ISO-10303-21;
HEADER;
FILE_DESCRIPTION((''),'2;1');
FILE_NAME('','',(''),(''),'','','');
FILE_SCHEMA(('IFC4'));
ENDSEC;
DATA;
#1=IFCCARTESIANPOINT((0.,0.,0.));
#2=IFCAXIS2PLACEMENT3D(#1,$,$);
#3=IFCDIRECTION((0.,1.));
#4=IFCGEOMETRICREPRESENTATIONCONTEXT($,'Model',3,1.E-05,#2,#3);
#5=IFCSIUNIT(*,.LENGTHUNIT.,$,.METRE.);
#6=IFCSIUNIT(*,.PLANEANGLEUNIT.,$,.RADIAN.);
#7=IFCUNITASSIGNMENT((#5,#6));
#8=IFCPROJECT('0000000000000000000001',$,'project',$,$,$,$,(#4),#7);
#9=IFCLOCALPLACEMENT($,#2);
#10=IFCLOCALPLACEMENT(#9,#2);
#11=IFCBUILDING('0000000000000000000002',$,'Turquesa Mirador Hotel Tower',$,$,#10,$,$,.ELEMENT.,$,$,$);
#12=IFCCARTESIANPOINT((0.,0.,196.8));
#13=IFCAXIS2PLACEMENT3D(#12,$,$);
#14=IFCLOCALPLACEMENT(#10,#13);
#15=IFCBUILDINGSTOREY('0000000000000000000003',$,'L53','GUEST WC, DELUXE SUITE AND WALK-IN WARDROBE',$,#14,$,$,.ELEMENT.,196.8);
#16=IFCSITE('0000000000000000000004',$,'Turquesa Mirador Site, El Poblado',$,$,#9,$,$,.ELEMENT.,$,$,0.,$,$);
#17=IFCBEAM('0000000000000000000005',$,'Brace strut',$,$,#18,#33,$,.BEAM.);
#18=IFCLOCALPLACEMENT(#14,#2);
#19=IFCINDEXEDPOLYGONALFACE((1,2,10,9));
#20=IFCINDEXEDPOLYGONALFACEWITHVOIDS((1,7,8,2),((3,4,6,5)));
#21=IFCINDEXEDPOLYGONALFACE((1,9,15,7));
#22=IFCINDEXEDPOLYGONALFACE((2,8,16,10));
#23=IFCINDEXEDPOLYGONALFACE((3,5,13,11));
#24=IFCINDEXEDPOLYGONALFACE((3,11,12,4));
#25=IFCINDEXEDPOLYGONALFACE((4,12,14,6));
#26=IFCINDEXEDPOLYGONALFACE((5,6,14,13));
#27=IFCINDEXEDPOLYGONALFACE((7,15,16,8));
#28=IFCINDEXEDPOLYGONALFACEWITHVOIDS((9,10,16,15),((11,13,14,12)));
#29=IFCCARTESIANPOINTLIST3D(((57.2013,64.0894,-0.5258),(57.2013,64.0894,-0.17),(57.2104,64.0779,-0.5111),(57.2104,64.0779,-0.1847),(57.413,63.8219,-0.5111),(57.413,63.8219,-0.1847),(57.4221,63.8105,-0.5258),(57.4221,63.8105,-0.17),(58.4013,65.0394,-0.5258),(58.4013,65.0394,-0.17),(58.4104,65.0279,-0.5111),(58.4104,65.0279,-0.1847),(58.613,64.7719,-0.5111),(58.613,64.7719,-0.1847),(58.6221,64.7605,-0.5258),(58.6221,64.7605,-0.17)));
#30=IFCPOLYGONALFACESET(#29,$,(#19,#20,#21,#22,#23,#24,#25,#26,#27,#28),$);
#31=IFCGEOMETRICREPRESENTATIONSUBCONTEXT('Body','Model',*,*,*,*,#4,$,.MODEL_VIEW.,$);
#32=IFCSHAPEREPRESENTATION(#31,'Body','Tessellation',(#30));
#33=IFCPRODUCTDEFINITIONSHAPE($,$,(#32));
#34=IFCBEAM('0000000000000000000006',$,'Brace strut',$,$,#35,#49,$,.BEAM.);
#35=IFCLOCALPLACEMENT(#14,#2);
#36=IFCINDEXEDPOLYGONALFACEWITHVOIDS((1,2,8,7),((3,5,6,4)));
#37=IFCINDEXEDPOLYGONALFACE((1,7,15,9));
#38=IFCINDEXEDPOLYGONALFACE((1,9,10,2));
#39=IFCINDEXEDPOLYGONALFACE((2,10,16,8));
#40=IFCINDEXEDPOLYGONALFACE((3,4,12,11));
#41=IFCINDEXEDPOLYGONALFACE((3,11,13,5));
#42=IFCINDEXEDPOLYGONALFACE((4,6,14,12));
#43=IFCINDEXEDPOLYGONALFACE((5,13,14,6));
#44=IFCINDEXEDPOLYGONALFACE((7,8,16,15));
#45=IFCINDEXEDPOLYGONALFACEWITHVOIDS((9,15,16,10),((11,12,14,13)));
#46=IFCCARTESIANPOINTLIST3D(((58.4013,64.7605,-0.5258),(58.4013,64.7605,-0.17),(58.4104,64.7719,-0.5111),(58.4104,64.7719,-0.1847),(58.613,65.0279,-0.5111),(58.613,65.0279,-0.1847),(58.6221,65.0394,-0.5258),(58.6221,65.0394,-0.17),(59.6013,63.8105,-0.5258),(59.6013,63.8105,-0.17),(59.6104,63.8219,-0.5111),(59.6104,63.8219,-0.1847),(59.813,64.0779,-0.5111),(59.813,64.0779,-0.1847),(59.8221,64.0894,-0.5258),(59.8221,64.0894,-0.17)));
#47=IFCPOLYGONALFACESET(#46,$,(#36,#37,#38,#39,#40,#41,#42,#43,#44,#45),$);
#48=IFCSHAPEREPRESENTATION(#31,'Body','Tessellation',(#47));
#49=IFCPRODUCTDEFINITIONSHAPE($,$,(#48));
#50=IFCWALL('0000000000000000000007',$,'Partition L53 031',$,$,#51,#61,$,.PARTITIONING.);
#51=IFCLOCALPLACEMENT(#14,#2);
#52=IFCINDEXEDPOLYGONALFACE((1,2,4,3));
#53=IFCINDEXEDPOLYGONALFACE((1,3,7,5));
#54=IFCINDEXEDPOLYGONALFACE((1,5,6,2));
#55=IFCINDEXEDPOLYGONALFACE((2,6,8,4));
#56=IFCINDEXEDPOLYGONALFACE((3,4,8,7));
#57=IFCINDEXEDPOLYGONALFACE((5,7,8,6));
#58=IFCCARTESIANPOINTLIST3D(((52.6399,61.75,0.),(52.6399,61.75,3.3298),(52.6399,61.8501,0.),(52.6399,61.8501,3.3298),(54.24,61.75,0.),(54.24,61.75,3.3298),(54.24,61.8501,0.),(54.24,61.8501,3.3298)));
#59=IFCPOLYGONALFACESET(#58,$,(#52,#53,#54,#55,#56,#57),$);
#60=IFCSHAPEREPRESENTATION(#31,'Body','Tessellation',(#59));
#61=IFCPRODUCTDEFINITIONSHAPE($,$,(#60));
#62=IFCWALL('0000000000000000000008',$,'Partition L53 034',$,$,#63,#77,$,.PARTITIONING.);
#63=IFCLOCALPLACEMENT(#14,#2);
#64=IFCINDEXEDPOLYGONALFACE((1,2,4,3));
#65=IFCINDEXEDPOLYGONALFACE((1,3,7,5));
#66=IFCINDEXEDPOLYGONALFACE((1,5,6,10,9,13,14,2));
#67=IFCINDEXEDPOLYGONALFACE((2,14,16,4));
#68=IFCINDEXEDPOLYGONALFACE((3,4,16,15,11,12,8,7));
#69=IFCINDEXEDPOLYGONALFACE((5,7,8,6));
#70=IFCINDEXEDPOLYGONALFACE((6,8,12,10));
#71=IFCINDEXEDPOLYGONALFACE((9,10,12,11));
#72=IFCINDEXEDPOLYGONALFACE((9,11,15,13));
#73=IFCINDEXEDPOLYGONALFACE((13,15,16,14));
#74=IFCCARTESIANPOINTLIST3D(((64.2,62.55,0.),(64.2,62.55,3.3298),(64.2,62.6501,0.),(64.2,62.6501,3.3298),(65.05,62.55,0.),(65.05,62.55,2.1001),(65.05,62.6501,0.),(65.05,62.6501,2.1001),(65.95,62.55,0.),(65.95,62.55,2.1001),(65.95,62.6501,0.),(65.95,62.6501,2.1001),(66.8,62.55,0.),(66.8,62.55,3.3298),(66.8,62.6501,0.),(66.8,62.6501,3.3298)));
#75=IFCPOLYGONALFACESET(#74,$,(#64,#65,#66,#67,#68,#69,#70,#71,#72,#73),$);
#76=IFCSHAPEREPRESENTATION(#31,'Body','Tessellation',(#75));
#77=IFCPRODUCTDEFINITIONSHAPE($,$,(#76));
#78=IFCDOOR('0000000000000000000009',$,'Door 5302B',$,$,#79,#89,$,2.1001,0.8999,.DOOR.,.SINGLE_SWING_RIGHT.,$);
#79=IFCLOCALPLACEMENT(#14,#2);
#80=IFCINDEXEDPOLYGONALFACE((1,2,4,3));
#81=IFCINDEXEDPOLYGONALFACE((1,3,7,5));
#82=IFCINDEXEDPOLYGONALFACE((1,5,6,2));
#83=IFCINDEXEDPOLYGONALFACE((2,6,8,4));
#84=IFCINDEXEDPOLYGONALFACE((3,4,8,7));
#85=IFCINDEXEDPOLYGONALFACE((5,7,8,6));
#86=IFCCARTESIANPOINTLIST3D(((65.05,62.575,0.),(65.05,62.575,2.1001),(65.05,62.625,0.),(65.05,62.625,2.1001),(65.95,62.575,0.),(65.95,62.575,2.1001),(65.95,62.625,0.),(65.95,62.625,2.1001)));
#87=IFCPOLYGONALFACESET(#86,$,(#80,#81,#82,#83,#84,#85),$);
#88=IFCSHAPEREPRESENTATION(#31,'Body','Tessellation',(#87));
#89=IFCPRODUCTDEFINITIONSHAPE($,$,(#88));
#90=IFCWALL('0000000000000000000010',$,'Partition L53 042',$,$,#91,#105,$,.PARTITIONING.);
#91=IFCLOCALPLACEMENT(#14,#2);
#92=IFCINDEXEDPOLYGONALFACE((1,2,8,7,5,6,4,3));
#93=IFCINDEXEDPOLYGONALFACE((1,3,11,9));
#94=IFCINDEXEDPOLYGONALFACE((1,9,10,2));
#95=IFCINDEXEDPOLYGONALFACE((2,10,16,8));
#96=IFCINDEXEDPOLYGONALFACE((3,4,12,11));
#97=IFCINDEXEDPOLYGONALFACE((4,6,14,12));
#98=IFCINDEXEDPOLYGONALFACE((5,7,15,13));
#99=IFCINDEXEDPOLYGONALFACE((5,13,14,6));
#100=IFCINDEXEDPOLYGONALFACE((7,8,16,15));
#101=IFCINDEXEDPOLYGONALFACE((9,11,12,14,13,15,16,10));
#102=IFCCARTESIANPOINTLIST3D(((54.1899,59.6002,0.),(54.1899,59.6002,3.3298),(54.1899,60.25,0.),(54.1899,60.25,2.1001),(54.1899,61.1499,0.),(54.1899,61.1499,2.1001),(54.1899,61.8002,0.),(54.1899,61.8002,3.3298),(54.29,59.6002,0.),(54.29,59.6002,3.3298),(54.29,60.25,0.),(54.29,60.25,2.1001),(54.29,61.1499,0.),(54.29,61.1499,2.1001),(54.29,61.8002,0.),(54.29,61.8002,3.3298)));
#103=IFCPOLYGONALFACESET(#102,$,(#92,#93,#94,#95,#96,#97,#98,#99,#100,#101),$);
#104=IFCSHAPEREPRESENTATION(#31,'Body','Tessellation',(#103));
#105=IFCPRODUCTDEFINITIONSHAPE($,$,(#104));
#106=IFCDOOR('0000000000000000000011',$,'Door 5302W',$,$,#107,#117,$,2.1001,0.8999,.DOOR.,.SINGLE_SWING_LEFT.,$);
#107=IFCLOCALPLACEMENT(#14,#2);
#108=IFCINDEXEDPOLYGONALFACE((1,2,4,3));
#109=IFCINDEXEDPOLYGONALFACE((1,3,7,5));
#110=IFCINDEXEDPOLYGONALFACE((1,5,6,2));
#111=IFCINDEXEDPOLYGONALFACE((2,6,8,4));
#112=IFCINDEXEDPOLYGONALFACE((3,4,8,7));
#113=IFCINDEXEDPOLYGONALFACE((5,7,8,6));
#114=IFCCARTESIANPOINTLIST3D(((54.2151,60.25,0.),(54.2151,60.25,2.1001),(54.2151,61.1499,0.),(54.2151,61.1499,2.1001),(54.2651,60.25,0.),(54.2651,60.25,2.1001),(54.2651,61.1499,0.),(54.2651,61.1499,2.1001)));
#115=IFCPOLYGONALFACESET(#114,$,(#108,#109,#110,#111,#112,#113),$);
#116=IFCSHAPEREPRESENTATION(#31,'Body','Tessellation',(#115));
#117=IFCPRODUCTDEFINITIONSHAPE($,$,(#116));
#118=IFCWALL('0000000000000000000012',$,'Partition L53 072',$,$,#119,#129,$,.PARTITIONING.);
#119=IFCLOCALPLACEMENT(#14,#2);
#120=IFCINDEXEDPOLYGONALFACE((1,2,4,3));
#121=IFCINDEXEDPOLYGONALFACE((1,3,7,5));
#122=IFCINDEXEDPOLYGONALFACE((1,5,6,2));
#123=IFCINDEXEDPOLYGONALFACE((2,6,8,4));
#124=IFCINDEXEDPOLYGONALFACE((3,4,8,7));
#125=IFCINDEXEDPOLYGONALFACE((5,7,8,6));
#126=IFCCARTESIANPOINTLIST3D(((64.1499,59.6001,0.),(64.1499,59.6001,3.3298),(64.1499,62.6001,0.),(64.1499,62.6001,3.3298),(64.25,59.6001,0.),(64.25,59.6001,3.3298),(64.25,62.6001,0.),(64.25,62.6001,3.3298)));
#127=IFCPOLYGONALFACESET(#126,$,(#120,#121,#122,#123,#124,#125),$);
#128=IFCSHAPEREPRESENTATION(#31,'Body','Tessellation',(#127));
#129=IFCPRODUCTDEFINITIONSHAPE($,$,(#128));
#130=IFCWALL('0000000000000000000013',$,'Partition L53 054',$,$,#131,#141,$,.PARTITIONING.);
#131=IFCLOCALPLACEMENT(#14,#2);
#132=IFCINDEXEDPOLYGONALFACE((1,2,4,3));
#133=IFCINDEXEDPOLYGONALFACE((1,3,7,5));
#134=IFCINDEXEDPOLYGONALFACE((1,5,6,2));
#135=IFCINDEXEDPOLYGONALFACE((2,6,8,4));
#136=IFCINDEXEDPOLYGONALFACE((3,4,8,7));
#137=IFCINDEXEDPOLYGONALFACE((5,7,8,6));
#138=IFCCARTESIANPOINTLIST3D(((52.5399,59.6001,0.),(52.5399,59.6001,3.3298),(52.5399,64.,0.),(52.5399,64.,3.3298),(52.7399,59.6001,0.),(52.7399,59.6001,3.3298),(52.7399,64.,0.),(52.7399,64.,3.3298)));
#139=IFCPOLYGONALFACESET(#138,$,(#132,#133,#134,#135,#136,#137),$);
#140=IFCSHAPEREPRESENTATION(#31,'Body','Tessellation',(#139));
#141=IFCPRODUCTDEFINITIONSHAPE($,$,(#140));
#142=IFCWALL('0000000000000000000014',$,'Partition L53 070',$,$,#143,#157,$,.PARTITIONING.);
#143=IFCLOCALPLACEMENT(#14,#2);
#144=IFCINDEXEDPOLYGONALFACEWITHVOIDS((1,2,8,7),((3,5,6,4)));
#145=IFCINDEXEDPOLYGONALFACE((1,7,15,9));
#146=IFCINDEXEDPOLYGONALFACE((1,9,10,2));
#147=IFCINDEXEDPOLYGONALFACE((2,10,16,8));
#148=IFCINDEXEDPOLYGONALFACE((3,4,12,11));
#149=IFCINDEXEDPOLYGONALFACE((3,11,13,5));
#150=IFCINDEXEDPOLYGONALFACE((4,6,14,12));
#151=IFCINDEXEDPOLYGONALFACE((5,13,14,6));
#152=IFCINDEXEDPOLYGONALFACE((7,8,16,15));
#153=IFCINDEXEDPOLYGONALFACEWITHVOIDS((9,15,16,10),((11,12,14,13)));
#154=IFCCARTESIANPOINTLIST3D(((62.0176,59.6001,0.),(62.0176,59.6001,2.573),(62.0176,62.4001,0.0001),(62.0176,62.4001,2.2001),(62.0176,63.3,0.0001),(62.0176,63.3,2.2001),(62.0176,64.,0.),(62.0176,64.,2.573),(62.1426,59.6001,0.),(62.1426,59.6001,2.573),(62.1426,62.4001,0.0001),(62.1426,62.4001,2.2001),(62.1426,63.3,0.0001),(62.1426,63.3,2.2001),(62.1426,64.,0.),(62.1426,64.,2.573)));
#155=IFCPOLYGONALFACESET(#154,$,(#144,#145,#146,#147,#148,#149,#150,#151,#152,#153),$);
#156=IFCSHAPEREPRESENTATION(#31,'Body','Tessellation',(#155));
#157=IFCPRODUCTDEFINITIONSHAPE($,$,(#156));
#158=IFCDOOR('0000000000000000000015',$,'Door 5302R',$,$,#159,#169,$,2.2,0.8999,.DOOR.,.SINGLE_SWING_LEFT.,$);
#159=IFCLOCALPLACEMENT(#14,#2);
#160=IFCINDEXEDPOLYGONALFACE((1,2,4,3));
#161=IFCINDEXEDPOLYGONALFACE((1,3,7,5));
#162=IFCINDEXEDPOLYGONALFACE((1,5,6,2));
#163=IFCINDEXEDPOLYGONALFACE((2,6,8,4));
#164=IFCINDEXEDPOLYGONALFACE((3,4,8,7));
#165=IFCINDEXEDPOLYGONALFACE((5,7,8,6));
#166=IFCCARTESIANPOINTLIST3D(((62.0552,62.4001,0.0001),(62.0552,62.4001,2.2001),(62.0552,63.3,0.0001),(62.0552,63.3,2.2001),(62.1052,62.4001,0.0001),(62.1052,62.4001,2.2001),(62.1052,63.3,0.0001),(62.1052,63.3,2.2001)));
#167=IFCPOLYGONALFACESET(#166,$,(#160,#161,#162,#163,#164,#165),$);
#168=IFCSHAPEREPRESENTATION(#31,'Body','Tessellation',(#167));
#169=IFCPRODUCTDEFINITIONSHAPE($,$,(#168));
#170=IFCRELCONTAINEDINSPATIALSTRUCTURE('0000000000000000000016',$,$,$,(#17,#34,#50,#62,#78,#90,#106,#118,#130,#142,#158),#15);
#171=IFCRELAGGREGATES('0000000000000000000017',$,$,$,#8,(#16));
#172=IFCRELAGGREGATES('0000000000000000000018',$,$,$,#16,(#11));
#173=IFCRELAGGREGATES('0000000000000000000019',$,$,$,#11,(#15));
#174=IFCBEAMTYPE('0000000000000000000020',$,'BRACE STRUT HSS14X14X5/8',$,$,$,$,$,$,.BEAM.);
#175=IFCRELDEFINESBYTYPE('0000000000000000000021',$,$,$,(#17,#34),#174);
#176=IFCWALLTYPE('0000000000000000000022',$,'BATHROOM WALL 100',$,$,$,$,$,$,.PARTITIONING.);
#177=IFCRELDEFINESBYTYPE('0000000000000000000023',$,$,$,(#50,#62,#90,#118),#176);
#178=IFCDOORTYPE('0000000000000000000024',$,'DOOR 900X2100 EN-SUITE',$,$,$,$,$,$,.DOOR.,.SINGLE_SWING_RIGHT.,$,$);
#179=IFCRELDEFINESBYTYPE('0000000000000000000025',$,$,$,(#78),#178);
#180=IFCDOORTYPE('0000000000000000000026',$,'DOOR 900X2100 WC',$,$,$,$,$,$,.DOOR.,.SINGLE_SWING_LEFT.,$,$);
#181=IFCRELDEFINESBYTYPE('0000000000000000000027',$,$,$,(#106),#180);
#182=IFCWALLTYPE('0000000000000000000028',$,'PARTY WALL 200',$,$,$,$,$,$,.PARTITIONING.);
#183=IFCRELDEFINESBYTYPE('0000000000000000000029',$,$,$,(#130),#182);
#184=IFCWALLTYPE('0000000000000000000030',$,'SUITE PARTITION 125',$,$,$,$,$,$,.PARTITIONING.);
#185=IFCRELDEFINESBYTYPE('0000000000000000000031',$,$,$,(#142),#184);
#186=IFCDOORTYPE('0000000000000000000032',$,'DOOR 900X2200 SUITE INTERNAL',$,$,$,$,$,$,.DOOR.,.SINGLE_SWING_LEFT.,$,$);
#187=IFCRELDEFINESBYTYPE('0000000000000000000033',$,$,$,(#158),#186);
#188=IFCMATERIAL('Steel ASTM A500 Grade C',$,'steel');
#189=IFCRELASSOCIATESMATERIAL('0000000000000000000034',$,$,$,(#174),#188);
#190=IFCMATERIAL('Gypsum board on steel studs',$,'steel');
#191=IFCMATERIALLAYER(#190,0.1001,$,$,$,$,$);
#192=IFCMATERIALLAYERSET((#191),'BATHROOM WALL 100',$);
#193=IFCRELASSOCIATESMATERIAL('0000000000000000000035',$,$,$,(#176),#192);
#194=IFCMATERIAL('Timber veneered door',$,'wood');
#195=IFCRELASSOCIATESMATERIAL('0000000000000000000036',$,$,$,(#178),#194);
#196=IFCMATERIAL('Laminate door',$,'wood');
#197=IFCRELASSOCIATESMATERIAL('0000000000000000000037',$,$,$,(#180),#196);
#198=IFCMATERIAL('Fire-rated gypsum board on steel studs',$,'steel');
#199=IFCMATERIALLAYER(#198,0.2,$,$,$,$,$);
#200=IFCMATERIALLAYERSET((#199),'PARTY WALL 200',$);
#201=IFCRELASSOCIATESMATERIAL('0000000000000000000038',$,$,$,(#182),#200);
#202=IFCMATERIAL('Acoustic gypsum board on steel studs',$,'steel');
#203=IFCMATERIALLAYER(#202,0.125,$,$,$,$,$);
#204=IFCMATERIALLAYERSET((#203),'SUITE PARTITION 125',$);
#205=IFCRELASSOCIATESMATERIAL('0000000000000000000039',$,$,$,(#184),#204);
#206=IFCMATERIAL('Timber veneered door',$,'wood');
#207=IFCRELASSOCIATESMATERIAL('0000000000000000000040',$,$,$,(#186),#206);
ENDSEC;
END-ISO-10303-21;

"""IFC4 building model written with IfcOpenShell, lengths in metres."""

from ifc_helpers import new_model, si_unit, direction, frame, frame_2d, origin, origin_2d, place, context, subcontext, project, spatial, rectangle, hollow_rectangle, extrude, material, layer, layer_set, material_profile, profile_set, type_object, element, fill, save


model = new_model("IFC4")

# Units and contexts
model_context = context("Model", 3, precision=1e-05, world=origin(), true_north=direction((0.0, 1.0)))
body_context = subcontext(model_context, "Body", "Model", "MODEL_VIEW")
ifc_project = project(units=[si_unit("LENGTHUNIT", "METRE"), si_unit("PLANEANGLEUNIT", "RADIAN")], contexts=[model_context])

# Site, building, storey
site_placement = place(None, origin())
site = spatial("IfcSite", under=ifc_project, at=site_placement, Name="Turquesa Mirador Site, El Poblado", CompositionType="ELEMENT", RefElevation=0.0)
building_placement = place(site_placement, origin())
building = spatial("IfcBuilding", under=site, at=building_placement, Name="Turquesa Mirador Hotel Tower", CompositionType="ELEMENT")
storey_placement = place(building_placement, frame((0.0, 0.0, 196.8)))
storey = spatial("IfcBuildingStorey", under=building, at=storey_placement, Name="L53", Description="GUEST WC, DELUXE SUITE AND WALK-IN WARDROBE", CompositionType="ELEMENT", Elevation=196.8)

# Beams
ifc_material_1 = material(Name="Steel ASTM A500 Grade C", Category="steel")
ifc_material_profile_1 = material_profile(ifc_material_1, hollow_rectangle(XDim=0.3557, YDim=0.3557, WallThickness=0.0146, at=origin_2d()), Name="HSS14X14X5/8")
ifc_profile_set_1 = profile_set([ifc_material_profile_1], Name="Steel ASTM A500 Grade C")
beam_type_1 = type_object("IfcBeamType", Name="BRACE STRUT HSS14X14X5/8", PredefinedType="BEAM", material=ifc_profile_set_1)
for number, where, z_axis, x_axis, name in (
    (1, (58.5117, 64.8999, -0.3479), (-0.784049, -0.620699, 0.0), (0.620699, -0.784049, 0.0), "Brace strut"),
    (2, (58.5117, 64.8999, -0.3479), (0.784049, -0.620699, 0.0), (0.620699, 0.784049, 0.0), "Brace strut"),
):
    element("IfcBeam", number, at=place(storey_placement, frame(where, z_axis=z_axis, x_axis=x_axis)), inside=storey, type_object=beam_type_1, Name=name, PredefinedType="BEAM", context=body_context, shape_type="SweptSolid", body=[
        extrude(hollow_rectangle(XDim=0.3557, YDim=0.3557, WallThickness=0.0146, at=origin_2d()), origin(), (0.0, 0.0, 1.0), 1.5305),
    ])

# Wall
ifc_material_2 = material(Name="Gypsum board on steel studs", Category="steel")
ifc_layer_1 = layer(ifc_material_2, 0.1001)
ifc_layer_set_1 = layer_set([ifc_layer_1], Name="BATHROOM WALL 100")
wall_type_1 = type_object("IfcWallType", Name="BATHROOM WALL 100", PredefinedType="PARTITIONING", material=ifc_layer_set_1)
wall_1_placement = place(storey_placement, frame((52.6399, 61.8, 0.0), z_axis=(0.0, 0.0, 1.0), x_axis=(1.0, 0.0, 0.0)))
element("IfcWall", 3, at=wall_1_placement, inside=storey, type_object=wall_type_1, Name="Partition L53 031", PredefinedType="PARTITIONING", context=body_context, shape_type="SweptSolid", body=[
    extrude(rectangle(XDim=1.6001, YDim=0.1001, at=frame_2d((0.8, 0.0))), origin(), (0.0, 0.0, 1.0), 3.3298),
])

# Walls, openings, doors
wall_2_placement = place(storey_placement, frame((64.2, 62.6001, 0.0), z_axis=(0.0, 0.0, 1.0), x_axis=(1.0, 0.0, 0.0)))
wall_2 = element("IfcWall", 4, at=wall_2_placement, inside=storey, type_object=wall_type_1, Name="Partition L53 034", PredefinedType="PARTITIONING", context=body_context, shape_type="SweptSolid", body=[
    extrude(rectangle(XDim=2.6001, YDim=0.1001, at=frame_2d((1.3, 0.0))), origin(), (0.0, 0.0, 1.0), 3.3298),
])
opening_1_placement = place(wall_2_placement, frame((0.8501, 0.0, 0.0)))
opening_1 = element("IfcOpeningElement", 5, at=opening_1_placement, cuts=wall_2, PredefinedType="OPENING", context=body_context, shape_type="SweptSolid", body=[
    extrude(rectangle(XDim=0.8999, YDim=2.1001, at=frame_2d((0.45, 1.05))), frame((0.0, 0.0601, 0.0), z_axis=(0.0, -1.0, 0.0), x_axis=(1.0, 0.0, 0.0)), (0.0, 0.0, 1.0), 0.1201),
])
ifc_material_3 = material(Name="Timber veneered door", Category="wood")
door_type_1 = type_object("IfcDoorType", Name="DOOR 900X2100 EN-SUITE", OperationType="SINGLE_SWING_RIGHT", PredefinedType="DOOR", material=ifc_material_3)
door_1_placement = place(opening_1_placement, origin())
door_1 = element("IfcDoor", 6, at=door_1_placement, inside=storey, type_object=door_type_1, Name="Door 5302B", OperationType="SINGLE_SWING_RIGHT", OverallHeight=2.1001, OverallWidth=0.8999, PredefinedType="DOOR", context=body_context, shape_type="SweptSolid", body=[
    extrude(rectangle(XDim=0.8999, YDim=2.1001, at=frame_2d((0.45, 1.05))), frame((0.0, 0.0249, 0.0), z_axis=(0.0, -1.0, 0.0), x_axis=(1.0, 0.0, 0.0)), (0.0, 0.0, 1.0), 0.05),
])
fill(opening_1, door_1)
wall_3_placement = place(storey_placement, frame((54.24, 59.6001, 0.0), z_axis=(0.0, 0.0, 1.0), x_axis=(0.0, 1.0, 0.0)))
wall_3 = element("IfcWall", 7, at=wall_3_placement, inside=storey, type_object=wall_type_1, Name="Partition L53 042", PredefinedType="PARTITIONING", context=body_context, shape_type="SweptSolid", body=[
    extrude(rectangle(XDim=2.2, YDim=0.1001, at=frame_2d((1.1001, 0.0))), origin(), (0.0, 0.0, 1.0), 3.3298),
])
opening_2_placement = place(wall_3_placement, frame((0.6499, 0.0, 0.0)))
opening_2 = element("IfcOpeningElement", 8, at=opening_2_placement, cuts=wall_3, PredefinedType="OPENING", context=body_context, shape_type="SweptSolid", body=[
    extrude(rectangle(XDim=0.8999, YDim=2.1001, at=frame_2d((0.45, 1.05))), frame((0.0, 0.0601, 0.0), z_axis=(0.0, -1.0, 0.0), x_axis=(1.0, 0.0, 0.0)), (0.0, 0.0, 1.0), 0.1201),
])
ifc_material_4 = material(Name="Laminate door", Category="wood")
door_type_2 = type_object("IfcDoorType", Name="DOOR 900X2100 WC", OperationType="SINGLE_SWING_LEFT", PredefinedType="DOOR", material=ifc_material_4)
door_2_placement = place(opening_2_placement, origin())
door_2 = element("IfcDoor", 9, at=door_2_placement, inside=storey, type_object=door_type_2, Name="Door 5302W", OperationType="SINGLE_SWING_LEFT", OverallHeight=2.1001, OverallWidth=0.8999, PredefinedType="DOOR", context=body_context, shape_type="SweptSolid", body=[
    extrude(rectangle(XDim=0.8999, YDim=2.1001, at=frame_2d((0.45, 1.05))), frame((0.0, 0.0249, 0.0), z_axis=(0.0, -1.0, 0.0), x_axis=(1.0, 0.0, 0.0)), (0.0, 0.0, 1.0), 0.05),
])
fill(opening_2, door_2)

# Walls
wall_4_placement = place(storey_placement, frame((64.2, 59.6001, 0.0), z_axis=(0.0, 0.0, 1.0), x_axis=(0.0, 1.0, 0.0)))
element("IfcWall", 10, at=wall_4_placement, inside=storey, type_object=wall_type_1, Name="Partition L53 072", PredefinedType="PARTITIONING", context=body_context, shape_type="SweptSolid", body=[
    extrude(rectangle(XDim=3.0, YDim=0.1001, at=frame_2d((1.5, 0.0))), origin(), (0.0, 0.0, 1.0), 3.3298),
])
ifc_material_5 = material(Name="Fire-rated gypsum board on steel studs", Category="steel")
ifc_layer_2 = layer(ifc_material_5, 0.2)
ifc_layer_set_2 = layer_set([ifc_layer_2], Name="PARTY WALL 200")
wall_type_2 = type_object("IfcWallType", Name="PARTY WALL 200", PredefinedType="PARTITIONING", material=ifc_layer_set_2)
wall_5_placement = place(storey_placement, frame((52.6399, 59.6001, 0.0), z_axis=(0.0, 0.0, 1.0), x_axis=(0.0, 1.0, 0.0)))
element("IfcWall", 11, at=wall_5_placement, inside=storey, type_object=wall_type_2, Name="Partition L53 054", PredefinedType="PARTITIONING", context=body_context, shape_type="SweptSolid", body=[
    extrude(rectangle(XDim=4.3999, YDim=0.2, at=frame_2d((2.2, 0.0))), origin(), (0.0, 0.0, 1.0), 3.3298),
])

# Wall, opening, door
ifc_material_6 = material(Name="Acoustic gypsum board on steel studs", Category="steel")
ifc_layer_3 = layer(ifc_material_6, 0.125)
ifc_layer_set_3 = layer_set([ifc_layer_3], Name="SUITE PARTITION 125")
wall_type_3 = type_object("IfcWallType", Name="SUITE PARTITION 125", PredefinedType="PARTITIONING", material=ifc_layer_set_3)
wall_6_placement = place(storey_placement, frame((62.0801, 59.6001, 0.0), z_axis=(0.0, 0.0, 1.0), x_axis=(0.0, 1.0, 0.0)))
wall_6 = element("IfcWall", 12, at=wall_6_placement, inside=storey, type_object=wall_type_3, Name="Partition L53 070", PredefinedType="PARTITIONING", context=body_context, shape_type="SweptSolid", body=[
    extrude(rectangle(XDim=4.3999, YDim=0.125, at=frame_2d((2.2, 0.0))), origin(), (0.0, 0.0, 1.0), 2.573),
])
opening_3_placement = place(wall_6_placement, frame((2.8, 0.0, 0.0)))
opening_3 = element("IfcOpeningElement", 13, at=opening_3_placement, cuts=wall_6, PredefinedType="OPENING", context=body_context, shape_type="SweptSolid", body=[
    extrude(rectangle(XDim=0.8999, YDim=2.2, at=frame_2d((0.45, 1.1001))), frame((0.0, 0.0725, 0.0), z_axis=(0.0, -1.0, 0.0), x_axis=(1.0, 0.0, 0.0)), (0.0, 0.0, 1.0), 0.145),
])
ifc_material_7 = material(Name="Timber veneered door", Category="wood")
door_type_3 = type_object("IfcDoorType", Name="DOOR 900X2200 SUITE INTERNAL", OperationType="SINGLE_SWING_LEFT", PredefinedType="DOOR", material=ifc_material_7)
door_3_placement = place(opening_3_placement, origin())
door_3 = element("IfcDoor", 14, at=door_3_placement, inside=storey, type_object=door_type_3, Name="Door 5302R", OperationType="SINGLE_SWING_LEFT", OverallHeight=2.2, OverallWidth=0.8999, PredefinedType="DOOR", context=body_context, shape_type="SweptSolid", body=[
    extrude(rectangle(XDim=0.8999, YDim=2.2, at=frame_2d((0.45, 1.1001))), frame((0.0, 0.0249, 0.0), z_axis=(0.0, -1.0, 0.0), x_axis=(1.0, 0.0, 0.0)), (0.0, 0.0, 1.0), 0.05),
])
fill(opening_3, door_3)

save(model, "model.ifc")
